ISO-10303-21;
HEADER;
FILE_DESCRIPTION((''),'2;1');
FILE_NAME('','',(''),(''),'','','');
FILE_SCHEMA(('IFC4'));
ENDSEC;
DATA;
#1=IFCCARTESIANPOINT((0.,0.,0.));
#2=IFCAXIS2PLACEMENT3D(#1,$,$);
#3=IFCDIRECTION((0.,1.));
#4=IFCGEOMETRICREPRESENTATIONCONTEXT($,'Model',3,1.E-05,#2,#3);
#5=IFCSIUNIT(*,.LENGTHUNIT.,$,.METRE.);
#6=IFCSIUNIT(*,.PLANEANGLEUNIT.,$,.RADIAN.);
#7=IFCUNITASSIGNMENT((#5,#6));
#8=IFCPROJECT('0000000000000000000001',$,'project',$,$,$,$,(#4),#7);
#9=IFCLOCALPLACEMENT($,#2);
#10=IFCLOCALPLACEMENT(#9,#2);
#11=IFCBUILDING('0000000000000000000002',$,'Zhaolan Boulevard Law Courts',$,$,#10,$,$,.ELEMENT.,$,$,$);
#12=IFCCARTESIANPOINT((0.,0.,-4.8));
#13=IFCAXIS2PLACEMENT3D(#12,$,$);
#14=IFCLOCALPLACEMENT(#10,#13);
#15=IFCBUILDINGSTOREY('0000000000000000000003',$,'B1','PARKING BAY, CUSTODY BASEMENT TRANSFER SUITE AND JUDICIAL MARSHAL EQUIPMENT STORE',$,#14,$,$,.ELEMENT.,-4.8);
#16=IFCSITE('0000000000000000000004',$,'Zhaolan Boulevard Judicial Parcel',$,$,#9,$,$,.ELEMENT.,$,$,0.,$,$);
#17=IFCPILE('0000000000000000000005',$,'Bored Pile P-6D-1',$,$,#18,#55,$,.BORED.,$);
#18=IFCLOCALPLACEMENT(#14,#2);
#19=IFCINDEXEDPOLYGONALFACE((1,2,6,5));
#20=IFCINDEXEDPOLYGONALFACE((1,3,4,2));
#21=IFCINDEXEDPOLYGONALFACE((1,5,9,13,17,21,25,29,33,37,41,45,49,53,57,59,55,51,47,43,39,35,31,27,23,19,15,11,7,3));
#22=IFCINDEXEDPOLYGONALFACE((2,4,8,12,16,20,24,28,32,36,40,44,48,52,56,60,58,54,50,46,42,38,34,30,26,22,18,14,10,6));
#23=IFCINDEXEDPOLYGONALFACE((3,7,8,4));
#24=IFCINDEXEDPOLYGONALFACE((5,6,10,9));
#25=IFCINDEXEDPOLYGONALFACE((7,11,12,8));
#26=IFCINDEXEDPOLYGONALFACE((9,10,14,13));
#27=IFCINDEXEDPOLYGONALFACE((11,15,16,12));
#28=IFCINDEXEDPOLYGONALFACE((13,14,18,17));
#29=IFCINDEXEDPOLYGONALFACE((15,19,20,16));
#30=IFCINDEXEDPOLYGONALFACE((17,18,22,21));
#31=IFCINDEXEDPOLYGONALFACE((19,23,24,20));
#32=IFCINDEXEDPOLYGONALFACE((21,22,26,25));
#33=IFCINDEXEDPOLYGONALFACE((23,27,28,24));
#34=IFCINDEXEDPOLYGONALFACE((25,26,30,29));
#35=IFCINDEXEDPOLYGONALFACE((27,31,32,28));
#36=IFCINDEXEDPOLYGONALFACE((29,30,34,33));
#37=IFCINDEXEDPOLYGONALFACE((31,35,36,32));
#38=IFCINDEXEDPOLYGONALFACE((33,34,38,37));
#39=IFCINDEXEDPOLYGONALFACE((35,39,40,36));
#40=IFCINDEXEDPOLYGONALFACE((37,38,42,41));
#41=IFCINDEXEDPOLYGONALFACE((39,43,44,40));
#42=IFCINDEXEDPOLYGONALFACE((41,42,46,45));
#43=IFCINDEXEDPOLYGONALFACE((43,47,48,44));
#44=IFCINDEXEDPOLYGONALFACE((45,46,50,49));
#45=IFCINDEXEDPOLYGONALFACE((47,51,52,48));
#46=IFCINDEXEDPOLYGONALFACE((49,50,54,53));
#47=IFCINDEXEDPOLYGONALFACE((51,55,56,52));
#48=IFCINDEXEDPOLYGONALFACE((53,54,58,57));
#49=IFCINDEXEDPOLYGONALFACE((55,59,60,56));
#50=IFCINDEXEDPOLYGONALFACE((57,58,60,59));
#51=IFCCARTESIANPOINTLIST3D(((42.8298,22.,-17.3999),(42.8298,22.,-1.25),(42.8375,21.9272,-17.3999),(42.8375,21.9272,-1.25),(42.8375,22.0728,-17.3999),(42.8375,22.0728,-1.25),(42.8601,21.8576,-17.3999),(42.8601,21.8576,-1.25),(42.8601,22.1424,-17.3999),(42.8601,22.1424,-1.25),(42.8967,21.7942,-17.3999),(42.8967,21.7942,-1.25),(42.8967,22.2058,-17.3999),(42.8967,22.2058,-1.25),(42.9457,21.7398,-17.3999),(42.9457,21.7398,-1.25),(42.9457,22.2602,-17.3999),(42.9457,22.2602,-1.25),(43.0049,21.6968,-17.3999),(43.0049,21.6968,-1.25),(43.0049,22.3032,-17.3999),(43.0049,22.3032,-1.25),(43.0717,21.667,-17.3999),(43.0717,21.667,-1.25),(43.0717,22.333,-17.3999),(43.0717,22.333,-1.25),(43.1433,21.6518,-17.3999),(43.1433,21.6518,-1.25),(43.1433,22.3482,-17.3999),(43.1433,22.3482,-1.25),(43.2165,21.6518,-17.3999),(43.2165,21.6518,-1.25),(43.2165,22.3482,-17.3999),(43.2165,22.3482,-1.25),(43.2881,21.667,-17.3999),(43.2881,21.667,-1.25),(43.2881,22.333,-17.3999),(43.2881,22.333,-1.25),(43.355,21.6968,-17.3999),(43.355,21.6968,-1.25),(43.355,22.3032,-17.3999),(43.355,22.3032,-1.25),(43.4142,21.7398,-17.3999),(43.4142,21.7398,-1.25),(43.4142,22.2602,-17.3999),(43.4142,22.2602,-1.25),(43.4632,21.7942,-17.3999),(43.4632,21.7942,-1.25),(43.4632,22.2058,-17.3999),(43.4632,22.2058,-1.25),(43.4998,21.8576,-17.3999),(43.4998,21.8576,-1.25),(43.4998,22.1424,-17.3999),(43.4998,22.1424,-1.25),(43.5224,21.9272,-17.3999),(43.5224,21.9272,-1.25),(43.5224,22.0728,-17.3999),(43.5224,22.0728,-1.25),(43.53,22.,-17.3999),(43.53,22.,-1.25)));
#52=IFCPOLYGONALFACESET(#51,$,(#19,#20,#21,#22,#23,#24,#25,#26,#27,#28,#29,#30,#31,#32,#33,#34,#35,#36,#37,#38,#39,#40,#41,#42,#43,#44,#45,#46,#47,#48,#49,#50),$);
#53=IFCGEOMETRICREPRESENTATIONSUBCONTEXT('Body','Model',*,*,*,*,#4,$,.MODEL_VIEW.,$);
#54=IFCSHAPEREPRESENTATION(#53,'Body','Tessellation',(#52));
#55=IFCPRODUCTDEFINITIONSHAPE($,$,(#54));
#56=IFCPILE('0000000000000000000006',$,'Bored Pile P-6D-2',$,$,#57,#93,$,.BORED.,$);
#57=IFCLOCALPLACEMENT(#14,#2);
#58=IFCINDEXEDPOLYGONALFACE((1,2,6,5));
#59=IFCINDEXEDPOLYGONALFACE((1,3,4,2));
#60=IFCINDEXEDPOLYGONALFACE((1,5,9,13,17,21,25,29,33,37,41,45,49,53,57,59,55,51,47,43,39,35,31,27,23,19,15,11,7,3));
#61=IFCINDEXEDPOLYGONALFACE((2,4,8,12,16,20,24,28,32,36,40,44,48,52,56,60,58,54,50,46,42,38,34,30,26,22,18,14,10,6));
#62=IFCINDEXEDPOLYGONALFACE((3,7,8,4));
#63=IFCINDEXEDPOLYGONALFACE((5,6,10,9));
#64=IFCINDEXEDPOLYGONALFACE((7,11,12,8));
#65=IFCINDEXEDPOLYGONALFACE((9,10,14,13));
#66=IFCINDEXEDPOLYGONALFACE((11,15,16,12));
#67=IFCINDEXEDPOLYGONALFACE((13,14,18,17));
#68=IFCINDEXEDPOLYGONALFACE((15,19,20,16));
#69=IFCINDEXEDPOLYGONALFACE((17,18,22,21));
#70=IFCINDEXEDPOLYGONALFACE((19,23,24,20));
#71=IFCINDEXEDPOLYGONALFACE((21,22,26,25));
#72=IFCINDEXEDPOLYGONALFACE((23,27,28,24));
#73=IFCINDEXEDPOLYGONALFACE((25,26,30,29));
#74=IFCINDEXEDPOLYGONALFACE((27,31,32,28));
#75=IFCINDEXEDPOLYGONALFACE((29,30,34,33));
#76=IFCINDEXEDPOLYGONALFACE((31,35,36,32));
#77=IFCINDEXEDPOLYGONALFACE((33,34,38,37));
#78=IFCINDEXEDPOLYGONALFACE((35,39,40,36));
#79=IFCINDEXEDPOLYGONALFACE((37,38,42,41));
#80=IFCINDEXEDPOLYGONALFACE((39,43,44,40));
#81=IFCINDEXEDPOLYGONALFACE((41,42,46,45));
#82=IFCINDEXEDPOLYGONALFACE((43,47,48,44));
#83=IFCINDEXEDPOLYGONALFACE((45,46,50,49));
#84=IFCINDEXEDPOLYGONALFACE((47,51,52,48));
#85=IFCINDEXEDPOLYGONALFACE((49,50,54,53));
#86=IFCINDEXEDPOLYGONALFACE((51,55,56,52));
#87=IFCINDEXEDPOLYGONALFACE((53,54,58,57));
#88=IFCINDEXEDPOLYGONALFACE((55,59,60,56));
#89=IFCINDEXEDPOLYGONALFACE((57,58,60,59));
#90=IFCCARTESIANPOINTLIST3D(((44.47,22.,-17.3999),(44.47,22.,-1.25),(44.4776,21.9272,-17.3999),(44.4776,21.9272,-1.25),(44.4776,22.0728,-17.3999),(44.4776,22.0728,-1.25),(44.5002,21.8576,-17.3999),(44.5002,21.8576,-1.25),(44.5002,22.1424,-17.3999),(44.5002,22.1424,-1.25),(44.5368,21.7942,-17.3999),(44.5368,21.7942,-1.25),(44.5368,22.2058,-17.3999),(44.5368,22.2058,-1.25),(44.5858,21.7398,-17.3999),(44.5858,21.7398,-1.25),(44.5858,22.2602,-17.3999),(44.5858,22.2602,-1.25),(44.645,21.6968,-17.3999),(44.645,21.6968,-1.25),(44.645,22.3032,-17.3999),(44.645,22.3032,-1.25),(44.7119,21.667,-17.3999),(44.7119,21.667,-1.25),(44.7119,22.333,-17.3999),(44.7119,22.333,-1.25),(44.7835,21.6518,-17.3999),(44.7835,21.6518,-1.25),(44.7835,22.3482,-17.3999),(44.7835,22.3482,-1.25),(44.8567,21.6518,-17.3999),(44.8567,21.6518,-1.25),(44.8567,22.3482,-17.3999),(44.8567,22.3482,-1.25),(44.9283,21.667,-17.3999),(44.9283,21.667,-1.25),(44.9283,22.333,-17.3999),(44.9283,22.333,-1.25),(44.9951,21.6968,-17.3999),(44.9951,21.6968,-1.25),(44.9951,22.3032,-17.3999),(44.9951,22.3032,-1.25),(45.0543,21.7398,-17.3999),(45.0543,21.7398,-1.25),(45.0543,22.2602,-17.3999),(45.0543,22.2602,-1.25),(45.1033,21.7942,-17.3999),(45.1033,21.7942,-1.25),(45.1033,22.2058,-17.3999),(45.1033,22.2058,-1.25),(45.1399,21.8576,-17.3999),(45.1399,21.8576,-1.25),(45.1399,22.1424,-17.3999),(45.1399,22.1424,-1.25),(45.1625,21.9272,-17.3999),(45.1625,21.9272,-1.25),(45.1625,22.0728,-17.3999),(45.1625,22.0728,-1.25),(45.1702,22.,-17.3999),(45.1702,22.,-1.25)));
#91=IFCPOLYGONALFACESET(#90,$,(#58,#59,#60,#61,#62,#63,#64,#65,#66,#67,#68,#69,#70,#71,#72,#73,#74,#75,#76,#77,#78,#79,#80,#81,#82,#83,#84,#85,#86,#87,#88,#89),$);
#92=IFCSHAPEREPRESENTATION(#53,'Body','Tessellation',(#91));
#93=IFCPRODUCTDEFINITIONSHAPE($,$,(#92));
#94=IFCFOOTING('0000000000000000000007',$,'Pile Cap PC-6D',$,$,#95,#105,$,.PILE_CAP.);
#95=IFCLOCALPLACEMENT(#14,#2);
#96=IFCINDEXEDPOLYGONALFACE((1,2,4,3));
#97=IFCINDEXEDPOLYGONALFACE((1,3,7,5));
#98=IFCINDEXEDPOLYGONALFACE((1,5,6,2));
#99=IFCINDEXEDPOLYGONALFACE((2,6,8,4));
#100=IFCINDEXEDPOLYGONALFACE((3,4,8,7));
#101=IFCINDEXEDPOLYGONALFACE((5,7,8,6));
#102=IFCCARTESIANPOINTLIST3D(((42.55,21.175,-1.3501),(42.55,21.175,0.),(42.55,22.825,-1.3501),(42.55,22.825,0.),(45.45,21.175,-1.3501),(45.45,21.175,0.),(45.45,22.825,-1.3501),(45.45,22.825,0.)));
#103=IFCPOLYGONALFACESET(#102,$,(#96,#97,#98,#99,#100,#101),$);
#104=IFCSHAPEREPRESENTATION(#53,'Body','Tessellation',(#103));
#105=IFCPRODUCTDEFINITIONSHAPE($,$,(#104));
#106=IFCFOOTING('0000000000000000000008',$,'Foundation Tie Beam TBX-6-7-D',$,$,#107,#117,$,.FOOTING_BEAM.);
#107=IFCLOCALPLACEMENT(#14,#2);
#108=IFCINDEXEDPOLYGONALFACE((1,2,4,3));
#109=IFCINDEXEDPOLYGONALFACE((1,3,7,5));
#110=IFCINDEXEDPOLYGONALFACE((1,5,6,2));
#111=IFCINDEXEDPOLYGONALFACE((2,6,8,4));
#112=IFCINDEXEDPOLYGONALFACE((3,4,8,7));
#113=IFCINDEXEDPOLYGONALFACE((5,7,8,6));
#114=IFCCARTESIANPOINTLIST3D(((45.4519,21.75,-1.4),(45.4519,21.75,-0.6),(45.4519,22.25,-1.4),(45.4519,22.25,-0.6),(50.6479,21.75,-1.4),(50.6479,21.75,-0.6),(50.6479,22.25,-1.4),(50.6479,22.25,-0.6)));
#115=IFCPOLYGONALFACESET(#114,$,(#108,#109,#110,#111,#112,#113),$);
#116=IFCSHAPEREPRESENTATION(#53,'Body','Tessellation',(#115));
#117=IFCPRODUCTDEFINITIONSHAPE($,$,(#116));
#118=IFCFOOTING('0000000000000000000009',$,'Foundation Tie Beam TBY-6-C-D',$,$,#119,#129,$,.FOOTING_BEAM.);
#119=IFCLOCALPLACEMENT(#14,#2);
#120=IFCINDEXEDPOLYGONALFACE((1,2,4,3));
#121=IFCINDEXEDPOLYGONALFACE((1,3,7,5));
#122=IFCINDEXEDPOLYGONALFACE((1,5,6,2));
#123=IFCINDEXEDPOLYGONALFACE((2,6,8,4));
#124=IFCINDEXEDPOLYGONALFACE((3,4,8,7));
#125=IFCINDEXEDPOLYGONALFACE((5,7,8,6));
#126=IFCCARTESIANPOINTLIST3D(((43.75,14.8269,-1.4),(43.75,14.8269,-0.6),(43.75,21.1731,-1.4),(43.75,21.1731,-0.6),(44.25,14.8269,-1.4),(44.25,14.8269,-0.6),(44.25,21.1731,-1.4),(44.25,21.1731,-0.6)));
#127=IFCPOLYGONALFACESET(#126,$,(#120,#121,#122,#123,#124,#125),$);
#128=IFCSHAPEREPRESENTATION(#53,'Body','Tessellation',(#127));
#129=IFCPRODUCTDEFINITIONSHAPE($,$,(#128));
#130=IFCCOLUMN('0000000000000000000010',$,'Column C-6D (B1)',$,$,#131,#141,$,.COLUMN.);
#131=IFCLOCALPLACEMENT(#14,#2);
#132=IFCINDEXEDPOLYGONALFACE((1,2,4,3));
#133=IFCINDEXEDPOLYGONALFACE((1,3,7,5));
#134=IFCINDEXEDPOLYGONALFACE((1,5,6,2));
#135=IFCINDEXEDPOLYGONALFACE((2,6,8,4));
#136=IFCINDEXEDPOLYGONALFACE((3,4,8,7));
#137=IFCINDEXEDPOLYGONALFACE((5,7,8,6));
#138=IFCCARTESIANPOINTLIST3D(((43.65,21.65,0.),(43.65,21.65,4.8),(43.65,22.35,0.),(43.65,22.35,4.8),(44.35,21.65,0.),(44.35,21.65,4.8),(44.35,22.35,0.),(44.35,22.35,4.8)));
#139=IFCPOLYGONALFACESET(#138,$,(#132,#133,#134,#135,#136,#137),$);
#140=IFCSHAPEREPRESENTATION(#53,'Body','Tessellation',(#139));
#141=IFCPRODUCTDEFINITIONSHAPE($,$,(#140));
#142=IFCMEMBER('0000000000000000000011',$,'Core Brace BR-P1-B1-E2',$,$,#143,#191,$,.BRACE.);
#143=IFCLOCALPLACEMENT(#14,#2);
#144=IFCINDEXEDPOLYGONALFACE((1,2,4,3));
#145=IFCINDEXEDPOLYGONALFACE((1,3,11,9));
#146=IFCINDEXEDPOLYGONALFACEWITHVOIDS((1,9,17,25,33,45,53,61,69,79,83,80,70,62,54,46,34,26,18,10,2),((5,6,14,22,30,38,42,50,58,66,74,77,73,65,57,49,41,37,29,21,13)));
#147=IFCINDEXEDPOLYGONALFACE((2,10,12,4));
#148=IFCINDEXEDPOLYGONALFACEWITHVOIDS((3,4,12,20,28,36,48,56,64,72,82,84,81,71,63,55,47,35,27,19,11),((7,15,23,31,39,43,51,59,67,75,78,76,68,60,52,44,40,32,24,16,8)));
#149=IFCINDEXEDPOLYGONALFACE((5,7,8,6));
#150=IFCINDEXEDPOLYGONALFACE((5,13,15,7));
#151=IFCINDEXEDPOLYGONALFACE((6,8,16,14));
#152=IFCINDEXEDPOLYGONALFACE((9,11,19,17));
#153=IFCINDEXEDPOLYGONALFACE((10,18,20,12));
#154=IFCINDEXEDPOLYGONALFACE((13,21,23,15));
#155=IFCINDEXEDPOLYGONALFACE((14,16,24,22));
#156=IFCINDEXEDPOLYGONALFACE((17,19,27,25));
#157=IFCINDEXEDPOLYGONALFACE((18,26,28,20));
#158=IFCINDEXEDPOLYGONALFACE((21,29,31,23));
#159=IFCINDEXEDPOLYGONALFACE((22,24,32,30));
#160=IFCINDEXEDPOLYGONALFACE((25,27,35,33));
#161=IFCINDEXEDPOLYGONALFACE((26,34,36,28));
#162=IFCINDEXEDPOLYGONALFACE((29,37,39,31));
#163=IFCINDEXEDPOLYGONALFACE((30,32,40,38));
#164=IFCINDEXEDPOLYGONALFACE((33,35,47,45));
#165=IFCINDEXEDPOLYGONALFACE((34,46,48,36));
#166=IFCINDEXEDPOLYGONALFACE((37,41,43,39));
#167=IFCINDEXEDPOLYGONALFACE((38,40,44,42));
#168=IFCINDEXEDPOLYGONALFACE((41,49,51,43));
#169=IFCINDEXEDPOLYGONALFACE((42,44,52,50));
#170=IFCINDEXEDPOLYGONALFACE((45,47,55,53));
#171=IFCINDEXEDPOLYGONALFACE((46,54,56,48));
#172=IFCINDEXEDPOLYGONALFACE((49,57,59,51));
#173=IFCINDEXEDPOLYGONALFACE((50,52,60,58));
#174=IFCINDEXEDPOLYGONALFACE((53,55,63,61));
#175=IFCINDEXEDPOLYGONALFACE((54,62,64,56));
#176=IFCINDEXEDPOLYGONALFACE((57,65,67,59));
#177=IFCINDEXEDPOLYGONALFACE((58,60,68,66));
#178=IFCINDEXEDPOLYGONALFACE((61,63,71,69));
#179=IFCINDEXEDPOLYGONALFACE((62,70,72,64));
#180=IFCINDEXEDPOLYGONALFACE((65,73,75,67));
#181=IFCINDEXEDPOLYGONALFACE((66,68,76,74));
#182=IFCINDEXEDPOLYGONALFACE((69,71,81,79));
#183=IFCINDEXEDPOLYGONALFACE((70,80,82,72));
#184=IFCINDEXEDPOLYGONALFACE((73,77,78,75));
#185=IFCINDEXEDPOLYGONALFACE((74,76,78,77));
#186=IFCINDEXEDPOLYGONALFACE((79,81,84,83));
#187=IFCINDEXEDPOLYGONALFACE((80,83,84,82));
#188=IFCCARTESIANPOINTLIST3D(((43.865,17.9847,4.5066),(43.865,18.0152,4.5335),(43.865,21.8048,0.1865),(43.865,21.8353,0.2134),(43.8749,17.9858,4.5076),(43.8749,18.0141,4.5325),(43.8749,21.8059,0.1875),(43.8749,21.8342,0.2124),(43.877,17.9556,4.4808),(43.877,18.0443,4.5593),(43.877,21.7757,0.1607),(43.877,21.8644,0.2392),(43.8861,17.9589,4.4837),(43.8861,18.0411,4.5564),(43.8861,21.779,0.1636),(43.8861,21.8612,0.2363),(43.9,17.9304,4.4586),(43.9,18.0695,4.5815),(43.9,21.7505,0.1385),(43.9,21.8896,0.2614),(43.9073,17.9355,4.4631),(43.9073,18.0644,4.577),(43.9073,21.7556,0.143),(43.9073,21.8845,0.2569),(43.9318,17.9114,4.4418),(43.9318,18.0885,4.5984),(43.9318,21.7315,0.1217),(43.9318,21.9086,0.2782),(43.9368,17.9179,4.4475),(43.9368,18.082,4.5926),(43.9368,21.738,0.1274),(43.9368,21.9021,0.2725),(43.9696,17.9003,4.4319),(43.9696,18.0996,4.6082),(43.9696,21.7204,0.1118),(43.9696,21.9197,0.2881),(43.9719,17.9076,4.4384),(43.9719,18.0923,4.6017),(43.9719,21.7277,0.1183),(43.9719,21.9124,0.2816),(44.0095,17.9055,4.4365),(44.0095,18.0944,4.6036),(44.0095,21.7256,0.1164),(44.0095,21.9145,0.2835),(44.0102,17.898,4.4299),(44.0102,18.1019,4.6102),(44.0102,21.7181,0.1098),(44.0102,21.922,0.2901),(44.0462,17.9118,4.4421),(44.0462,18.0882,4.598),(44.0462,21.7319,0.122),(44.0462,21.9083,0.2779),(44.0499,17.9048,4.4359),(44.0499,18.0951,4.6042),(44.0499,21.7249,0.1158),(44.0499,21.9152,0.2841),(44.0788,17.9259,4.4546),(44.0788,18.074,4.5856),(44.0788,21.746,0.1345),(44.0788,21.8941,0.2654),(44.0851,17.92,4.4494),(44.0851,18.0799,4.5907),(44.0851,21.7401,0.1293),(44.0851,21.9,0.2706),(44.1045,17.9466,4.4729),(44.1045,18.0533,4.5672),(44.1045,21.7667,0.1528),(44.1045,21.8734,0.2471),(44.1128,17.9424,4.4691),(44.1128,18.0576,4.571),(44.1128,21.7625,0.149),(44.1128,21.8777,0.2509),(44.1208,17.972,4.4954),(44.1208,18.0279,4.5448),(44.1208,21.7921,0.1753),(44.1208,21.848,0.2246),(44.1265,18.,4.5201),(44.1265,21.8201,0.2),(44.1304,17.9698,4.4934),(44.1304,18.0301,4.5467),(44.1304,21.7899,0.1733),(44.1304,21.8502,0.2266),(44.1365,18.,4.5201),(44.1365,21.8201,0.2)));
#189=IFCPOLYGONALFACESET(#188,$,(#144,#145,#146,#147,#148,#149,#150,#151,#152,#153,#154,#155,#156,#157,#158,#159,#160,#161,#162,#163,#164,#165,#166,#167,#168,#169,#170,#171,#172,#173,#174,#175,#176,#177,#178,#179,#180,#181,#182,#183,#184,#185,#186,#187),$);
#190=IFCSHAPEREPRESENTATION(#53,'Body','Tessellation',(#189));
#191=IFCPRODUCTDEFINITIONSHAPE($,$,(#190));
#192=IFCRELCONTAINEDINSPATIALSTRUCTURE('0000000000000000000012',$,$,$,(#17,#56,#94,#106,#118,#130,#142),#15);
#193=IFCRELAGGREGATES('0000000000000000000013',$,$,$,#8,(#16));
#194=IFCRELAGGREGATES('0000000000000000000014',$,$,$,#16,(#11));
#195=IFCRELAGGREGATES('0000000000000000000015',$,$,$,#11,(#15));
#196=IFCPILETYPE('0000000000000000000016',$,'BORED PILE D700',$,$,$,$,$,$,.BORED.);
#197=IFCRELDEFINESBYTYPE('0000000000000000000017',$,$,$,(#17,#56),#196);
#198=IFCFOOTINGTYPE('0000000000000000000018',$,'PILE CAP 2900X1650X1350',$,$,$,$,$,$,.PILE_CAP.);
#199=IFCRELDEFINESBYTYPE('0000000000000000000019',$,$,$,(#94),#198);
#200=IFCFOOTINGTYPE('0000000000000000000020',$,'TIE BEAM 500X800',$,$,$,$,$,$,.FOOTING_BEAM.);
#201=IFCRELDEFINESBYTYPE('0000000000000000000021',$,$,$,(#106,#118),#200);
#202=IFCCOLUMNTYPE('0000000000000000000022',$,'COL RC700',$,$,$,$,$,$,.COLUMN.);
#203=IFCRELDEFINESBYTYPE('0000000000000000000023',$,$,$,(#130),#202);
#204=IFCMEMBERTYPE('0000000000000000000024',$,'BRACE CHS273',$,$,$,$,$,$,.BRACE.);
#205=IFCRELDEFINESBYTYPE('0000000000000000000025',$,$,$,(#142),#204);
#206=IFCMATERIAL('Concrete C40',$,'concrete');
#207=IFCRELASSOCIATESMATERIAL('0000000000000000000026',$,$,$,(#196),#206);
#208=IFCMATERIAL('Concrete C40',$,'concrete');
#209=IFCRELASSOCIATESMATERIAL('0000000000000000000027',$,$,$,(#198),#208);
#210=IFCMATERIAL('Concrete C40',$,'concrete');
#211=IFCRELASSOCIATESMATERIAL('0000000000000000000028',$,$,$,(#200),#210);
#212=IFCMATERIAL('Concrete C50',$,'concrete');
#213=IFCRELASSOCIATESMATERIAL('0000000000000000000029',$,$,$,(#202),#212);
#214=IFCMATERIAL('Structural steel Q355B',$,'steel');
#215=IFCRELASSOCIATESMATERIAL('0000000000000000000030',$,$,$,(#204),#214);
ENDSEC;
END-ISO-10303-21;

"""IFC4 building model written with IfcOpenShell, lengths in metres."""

from ifc_helpers import new_model, si_unit, direction, frame, origin, origin_2d, place, context, subcontext, project, spatial, rectangle, circle, hollow_circle, extrude, material, material_profile, profile_set, type_object, element, save


model = new_model("IFC4")

# Units and contexts
model_context = context("Model", 3, precision=1e-05, world=origin(), true_north=direction((0.0, 1.0)))
body_context = subcontext(model_context, "Body", "Model", "MODEL_VIEW")
ifc_project = project(units=[si_unit("LENGTHUNIT", "METRE"), si_unit("PLANEANGLEUNIT", "RADIAN")], contexts=[model_context])

# Site, building, storey
site_placement = place(None, origin())
site = spatial("IfcSite", under=ifc_project, at=site_placement, Name="Zhaolan Boulevard Judicial Parcel", CompositionType="ELEMENT", RefElevation=0.0)
building_placement = place(site_placement, origin())
building = spatial("IfcBuilding", under=site, at=building_placement, Name="Zhaolan Boulevard Law Courts", CompositionType="ELEMENT")
storey_placement = place(building_placement, frame((0.0, 0.0, -4.8)))
storey = spatial("IfcBuildingStorey", under=building, at=storey_placement, Name="B1", Description="PARKING BAY, CUSTODY BASEMENT TRANSFER SUITE AND JUDICIAL MARSHAL EQUIPMENT STORE", CompositionType="ELEMENT", Elevation=-4.8)

# Piles
ifc_material_1 = material(Name="Concrete C40", Category="concrete")
ifc_material_profile_1 = material_profile(ifc_material_1, circle(Radius=0.3501, at=origin_2d()), Name="PILE-D700")
ifc_profile_set_1 = profile_set([ifc_material_profile_1], Name="Concrete C40")
pile_type = type_object("IfcPileType", Name="BORED PILE D700", PredefinedType="BORED", material=ifc_profile_set_1)
for number, where, z_axis, x_axis, name in (
    (1, (43.1799, 22.0, -1.25), (0.0, 0.0, -1.0), (1.0, 0.0, 0.0), "Bored Pile P-6D-1"),
    (2, (44.8201, 22.0, -1.25), (0.0, 0.0, -1.0), (1.0, 0.0, 0.0), "Bored Pile P-6D-2"),
):
    element("IfcPile", number, at=place(storey_placement, frame(where, z_axis=z_axis, x_axis=x_axis)), inside=storey, type_object=pile_type, Name=name, PredefinedType="BORED", context=body_context, shape_type="SweptSolid", body=[
        extrude(circle(Radius=0.3501, at=origin_2d()), origin(), (0.0, 0.0, 1.0), 16.1499),
    ])

# Footings
ifc_material_2 = material(Name="Concrete C40", Category="concrete")
footing_type_1 = type_object("IfcFootingType", Name="PILE CAP 2900X1650X1350", PredefinedType="PILE_CAP", material=ifc_material_2)
footing_1_placement = place(storey_placement, frame((44.0, 22.0, -1.3501), z_axis=(0.0, 0.0, 1.0), x_axis=(1.0, 0.0, 0.0)))
element("IfcFooting", 3, at=footing_1_placement, inside=storey, type_object=footing_type_1, Name="Pile Cap PC-6D", PredefinedType="PILE_CAP", context=body_context, shape_type="SweptSolid", body=[
    extrude(rectangle(XDim=2.8999, YDim=1.6499, at=origin_2d()), origin(), (0.0, 0.0, 1.0), 1.3501),
])
ifc_material_3 = material(Name="Concrete C40", Category="concrete")
ifc_material_profile_2 = material_profile(ifc_material_3, rectangle(XDim=0.5, YDim=0.8, at=origin_2d()), Name="RC500x800")
ifc_profile_set_2 = profile_set([ifc_material_profile_2], Name="Concrete C40")
footing_type_2 = type_object("IfcFootingType", Name="TIE BEAM 500X800", PredefinedType="FOOTING_BEAM", material=ifc_profile_set_2)
footing_2_placement = place(storey_placement, frame((45.4519, 22.0, -1.0), z_axis=(1.0, 0.0, 0.0), x_axis=(0.0, 1.0, 0.0)))
element("IfcFooting", 4, at=footing_2_placement, inside=storey, type_object=footing_type_2, Name="Foundation Tie Beam TBX-6-7-D", PredefinedType="FOOTING_BEAM", context=body_context, shape_type="SweptSolid", body=[
    extrude(rectangle(XDim=0.5, YDim=0.8, at=origin_2d()), origin(), (0.0, 0.0, 1.0), 5.196),
])
footing_3_placement = place(storey_placement, frame((44.0, 14.8269, -1.0), z_axis=(0.0, 1.0, 0.0), x_axis=(-1.0, 0.0, 0.0)))
element("IfcFooting", 5, at=footing_3_placement, inside=storey, type_object=footing_type_2, Name="Foundation Tie Beam TBY-6-C-D", PredefinedType="FOOTING_BEAM", context=body_context, shape_type="SweptSolid", body=[
    extrude(rectangle(XDim=0.5, YDim=0.8, at=origin_2d()), origin(), (0.0, 0.0, 1.0), 6.3462),
])

# Column
ifc_material_4 = material(Name="Concrete C50", Category="concrete")
ifc_material_profile_3 = material_profile(ifc_material_4, rectangle(XDim=0.7, YDim=0.7, at=origin_2d()), Name="RC700x700")
ifc_profile_set_3 = profile_set([ifc_material_profile_3], Name="Concrete C50")
column_type = type_object("IfcColumnType", Name="COL RC700", PredefinedType="COLUMN", material=ifc_profile_set_3)
column_placement = place(storey_placement, frame((44.0, 22.0, 0.0), z_axis=(0.0, 0.0, 1.0), x_axis=(1.0, 0.0, 0.0)))
element("IfcColumn", 6, at=column_placement, inside=storey, type_object=column_type, Name="Column C-6D (B1)", PredefinedType="COLUMN", context=body_context, shape_type="SweptSolid", body=[
    extrude(rectangle(XDim=0.7, YDim=0.7, at=origin_2d()), origin(), (0.0, 0.0, 1.0), 4.8),
])

# Member
ifc_material_5 = material(Name="Structural steel Q355B", Category="steel")
ifc_material_profile_4 = material_profile(ifc_material_5, hollow_circle(Radius=0.1365, WallThickness=0.01, at=origin_2d()), Name="CHS273x10")
ifc_profile_set_4 = profile_set([ifc_material_profile_4], Name="Structural steel Q355B")
member_type_1 = type_object("IfcMemberType", Name="BRACE CHS273", PredefinedType="BRACE", material=ifc_profile_set_4)
member_1_placement = place(storey_placement, frame((44.0, 21.8201, 0.2), z_axis=(0.0, -0.662425, 0.749128), x_axis=(1.0, 0.0, 0.0)))
element("IfcMember", 7, at=member_1_placement, inside=storey, type_object=member_type_1, Name="Core Brace BR-P1-B1-E2", PredefinedType="BRACE", context=body_context, shape_type="SweptSolid", body=[
    extrude(hollow_circle(Radius=0.1365, WallThickness=0.01, at=origin_2d()), origin(), (0.0, 0.0, 1.0), 5.7668),
])

save(model, "model.ifc")
